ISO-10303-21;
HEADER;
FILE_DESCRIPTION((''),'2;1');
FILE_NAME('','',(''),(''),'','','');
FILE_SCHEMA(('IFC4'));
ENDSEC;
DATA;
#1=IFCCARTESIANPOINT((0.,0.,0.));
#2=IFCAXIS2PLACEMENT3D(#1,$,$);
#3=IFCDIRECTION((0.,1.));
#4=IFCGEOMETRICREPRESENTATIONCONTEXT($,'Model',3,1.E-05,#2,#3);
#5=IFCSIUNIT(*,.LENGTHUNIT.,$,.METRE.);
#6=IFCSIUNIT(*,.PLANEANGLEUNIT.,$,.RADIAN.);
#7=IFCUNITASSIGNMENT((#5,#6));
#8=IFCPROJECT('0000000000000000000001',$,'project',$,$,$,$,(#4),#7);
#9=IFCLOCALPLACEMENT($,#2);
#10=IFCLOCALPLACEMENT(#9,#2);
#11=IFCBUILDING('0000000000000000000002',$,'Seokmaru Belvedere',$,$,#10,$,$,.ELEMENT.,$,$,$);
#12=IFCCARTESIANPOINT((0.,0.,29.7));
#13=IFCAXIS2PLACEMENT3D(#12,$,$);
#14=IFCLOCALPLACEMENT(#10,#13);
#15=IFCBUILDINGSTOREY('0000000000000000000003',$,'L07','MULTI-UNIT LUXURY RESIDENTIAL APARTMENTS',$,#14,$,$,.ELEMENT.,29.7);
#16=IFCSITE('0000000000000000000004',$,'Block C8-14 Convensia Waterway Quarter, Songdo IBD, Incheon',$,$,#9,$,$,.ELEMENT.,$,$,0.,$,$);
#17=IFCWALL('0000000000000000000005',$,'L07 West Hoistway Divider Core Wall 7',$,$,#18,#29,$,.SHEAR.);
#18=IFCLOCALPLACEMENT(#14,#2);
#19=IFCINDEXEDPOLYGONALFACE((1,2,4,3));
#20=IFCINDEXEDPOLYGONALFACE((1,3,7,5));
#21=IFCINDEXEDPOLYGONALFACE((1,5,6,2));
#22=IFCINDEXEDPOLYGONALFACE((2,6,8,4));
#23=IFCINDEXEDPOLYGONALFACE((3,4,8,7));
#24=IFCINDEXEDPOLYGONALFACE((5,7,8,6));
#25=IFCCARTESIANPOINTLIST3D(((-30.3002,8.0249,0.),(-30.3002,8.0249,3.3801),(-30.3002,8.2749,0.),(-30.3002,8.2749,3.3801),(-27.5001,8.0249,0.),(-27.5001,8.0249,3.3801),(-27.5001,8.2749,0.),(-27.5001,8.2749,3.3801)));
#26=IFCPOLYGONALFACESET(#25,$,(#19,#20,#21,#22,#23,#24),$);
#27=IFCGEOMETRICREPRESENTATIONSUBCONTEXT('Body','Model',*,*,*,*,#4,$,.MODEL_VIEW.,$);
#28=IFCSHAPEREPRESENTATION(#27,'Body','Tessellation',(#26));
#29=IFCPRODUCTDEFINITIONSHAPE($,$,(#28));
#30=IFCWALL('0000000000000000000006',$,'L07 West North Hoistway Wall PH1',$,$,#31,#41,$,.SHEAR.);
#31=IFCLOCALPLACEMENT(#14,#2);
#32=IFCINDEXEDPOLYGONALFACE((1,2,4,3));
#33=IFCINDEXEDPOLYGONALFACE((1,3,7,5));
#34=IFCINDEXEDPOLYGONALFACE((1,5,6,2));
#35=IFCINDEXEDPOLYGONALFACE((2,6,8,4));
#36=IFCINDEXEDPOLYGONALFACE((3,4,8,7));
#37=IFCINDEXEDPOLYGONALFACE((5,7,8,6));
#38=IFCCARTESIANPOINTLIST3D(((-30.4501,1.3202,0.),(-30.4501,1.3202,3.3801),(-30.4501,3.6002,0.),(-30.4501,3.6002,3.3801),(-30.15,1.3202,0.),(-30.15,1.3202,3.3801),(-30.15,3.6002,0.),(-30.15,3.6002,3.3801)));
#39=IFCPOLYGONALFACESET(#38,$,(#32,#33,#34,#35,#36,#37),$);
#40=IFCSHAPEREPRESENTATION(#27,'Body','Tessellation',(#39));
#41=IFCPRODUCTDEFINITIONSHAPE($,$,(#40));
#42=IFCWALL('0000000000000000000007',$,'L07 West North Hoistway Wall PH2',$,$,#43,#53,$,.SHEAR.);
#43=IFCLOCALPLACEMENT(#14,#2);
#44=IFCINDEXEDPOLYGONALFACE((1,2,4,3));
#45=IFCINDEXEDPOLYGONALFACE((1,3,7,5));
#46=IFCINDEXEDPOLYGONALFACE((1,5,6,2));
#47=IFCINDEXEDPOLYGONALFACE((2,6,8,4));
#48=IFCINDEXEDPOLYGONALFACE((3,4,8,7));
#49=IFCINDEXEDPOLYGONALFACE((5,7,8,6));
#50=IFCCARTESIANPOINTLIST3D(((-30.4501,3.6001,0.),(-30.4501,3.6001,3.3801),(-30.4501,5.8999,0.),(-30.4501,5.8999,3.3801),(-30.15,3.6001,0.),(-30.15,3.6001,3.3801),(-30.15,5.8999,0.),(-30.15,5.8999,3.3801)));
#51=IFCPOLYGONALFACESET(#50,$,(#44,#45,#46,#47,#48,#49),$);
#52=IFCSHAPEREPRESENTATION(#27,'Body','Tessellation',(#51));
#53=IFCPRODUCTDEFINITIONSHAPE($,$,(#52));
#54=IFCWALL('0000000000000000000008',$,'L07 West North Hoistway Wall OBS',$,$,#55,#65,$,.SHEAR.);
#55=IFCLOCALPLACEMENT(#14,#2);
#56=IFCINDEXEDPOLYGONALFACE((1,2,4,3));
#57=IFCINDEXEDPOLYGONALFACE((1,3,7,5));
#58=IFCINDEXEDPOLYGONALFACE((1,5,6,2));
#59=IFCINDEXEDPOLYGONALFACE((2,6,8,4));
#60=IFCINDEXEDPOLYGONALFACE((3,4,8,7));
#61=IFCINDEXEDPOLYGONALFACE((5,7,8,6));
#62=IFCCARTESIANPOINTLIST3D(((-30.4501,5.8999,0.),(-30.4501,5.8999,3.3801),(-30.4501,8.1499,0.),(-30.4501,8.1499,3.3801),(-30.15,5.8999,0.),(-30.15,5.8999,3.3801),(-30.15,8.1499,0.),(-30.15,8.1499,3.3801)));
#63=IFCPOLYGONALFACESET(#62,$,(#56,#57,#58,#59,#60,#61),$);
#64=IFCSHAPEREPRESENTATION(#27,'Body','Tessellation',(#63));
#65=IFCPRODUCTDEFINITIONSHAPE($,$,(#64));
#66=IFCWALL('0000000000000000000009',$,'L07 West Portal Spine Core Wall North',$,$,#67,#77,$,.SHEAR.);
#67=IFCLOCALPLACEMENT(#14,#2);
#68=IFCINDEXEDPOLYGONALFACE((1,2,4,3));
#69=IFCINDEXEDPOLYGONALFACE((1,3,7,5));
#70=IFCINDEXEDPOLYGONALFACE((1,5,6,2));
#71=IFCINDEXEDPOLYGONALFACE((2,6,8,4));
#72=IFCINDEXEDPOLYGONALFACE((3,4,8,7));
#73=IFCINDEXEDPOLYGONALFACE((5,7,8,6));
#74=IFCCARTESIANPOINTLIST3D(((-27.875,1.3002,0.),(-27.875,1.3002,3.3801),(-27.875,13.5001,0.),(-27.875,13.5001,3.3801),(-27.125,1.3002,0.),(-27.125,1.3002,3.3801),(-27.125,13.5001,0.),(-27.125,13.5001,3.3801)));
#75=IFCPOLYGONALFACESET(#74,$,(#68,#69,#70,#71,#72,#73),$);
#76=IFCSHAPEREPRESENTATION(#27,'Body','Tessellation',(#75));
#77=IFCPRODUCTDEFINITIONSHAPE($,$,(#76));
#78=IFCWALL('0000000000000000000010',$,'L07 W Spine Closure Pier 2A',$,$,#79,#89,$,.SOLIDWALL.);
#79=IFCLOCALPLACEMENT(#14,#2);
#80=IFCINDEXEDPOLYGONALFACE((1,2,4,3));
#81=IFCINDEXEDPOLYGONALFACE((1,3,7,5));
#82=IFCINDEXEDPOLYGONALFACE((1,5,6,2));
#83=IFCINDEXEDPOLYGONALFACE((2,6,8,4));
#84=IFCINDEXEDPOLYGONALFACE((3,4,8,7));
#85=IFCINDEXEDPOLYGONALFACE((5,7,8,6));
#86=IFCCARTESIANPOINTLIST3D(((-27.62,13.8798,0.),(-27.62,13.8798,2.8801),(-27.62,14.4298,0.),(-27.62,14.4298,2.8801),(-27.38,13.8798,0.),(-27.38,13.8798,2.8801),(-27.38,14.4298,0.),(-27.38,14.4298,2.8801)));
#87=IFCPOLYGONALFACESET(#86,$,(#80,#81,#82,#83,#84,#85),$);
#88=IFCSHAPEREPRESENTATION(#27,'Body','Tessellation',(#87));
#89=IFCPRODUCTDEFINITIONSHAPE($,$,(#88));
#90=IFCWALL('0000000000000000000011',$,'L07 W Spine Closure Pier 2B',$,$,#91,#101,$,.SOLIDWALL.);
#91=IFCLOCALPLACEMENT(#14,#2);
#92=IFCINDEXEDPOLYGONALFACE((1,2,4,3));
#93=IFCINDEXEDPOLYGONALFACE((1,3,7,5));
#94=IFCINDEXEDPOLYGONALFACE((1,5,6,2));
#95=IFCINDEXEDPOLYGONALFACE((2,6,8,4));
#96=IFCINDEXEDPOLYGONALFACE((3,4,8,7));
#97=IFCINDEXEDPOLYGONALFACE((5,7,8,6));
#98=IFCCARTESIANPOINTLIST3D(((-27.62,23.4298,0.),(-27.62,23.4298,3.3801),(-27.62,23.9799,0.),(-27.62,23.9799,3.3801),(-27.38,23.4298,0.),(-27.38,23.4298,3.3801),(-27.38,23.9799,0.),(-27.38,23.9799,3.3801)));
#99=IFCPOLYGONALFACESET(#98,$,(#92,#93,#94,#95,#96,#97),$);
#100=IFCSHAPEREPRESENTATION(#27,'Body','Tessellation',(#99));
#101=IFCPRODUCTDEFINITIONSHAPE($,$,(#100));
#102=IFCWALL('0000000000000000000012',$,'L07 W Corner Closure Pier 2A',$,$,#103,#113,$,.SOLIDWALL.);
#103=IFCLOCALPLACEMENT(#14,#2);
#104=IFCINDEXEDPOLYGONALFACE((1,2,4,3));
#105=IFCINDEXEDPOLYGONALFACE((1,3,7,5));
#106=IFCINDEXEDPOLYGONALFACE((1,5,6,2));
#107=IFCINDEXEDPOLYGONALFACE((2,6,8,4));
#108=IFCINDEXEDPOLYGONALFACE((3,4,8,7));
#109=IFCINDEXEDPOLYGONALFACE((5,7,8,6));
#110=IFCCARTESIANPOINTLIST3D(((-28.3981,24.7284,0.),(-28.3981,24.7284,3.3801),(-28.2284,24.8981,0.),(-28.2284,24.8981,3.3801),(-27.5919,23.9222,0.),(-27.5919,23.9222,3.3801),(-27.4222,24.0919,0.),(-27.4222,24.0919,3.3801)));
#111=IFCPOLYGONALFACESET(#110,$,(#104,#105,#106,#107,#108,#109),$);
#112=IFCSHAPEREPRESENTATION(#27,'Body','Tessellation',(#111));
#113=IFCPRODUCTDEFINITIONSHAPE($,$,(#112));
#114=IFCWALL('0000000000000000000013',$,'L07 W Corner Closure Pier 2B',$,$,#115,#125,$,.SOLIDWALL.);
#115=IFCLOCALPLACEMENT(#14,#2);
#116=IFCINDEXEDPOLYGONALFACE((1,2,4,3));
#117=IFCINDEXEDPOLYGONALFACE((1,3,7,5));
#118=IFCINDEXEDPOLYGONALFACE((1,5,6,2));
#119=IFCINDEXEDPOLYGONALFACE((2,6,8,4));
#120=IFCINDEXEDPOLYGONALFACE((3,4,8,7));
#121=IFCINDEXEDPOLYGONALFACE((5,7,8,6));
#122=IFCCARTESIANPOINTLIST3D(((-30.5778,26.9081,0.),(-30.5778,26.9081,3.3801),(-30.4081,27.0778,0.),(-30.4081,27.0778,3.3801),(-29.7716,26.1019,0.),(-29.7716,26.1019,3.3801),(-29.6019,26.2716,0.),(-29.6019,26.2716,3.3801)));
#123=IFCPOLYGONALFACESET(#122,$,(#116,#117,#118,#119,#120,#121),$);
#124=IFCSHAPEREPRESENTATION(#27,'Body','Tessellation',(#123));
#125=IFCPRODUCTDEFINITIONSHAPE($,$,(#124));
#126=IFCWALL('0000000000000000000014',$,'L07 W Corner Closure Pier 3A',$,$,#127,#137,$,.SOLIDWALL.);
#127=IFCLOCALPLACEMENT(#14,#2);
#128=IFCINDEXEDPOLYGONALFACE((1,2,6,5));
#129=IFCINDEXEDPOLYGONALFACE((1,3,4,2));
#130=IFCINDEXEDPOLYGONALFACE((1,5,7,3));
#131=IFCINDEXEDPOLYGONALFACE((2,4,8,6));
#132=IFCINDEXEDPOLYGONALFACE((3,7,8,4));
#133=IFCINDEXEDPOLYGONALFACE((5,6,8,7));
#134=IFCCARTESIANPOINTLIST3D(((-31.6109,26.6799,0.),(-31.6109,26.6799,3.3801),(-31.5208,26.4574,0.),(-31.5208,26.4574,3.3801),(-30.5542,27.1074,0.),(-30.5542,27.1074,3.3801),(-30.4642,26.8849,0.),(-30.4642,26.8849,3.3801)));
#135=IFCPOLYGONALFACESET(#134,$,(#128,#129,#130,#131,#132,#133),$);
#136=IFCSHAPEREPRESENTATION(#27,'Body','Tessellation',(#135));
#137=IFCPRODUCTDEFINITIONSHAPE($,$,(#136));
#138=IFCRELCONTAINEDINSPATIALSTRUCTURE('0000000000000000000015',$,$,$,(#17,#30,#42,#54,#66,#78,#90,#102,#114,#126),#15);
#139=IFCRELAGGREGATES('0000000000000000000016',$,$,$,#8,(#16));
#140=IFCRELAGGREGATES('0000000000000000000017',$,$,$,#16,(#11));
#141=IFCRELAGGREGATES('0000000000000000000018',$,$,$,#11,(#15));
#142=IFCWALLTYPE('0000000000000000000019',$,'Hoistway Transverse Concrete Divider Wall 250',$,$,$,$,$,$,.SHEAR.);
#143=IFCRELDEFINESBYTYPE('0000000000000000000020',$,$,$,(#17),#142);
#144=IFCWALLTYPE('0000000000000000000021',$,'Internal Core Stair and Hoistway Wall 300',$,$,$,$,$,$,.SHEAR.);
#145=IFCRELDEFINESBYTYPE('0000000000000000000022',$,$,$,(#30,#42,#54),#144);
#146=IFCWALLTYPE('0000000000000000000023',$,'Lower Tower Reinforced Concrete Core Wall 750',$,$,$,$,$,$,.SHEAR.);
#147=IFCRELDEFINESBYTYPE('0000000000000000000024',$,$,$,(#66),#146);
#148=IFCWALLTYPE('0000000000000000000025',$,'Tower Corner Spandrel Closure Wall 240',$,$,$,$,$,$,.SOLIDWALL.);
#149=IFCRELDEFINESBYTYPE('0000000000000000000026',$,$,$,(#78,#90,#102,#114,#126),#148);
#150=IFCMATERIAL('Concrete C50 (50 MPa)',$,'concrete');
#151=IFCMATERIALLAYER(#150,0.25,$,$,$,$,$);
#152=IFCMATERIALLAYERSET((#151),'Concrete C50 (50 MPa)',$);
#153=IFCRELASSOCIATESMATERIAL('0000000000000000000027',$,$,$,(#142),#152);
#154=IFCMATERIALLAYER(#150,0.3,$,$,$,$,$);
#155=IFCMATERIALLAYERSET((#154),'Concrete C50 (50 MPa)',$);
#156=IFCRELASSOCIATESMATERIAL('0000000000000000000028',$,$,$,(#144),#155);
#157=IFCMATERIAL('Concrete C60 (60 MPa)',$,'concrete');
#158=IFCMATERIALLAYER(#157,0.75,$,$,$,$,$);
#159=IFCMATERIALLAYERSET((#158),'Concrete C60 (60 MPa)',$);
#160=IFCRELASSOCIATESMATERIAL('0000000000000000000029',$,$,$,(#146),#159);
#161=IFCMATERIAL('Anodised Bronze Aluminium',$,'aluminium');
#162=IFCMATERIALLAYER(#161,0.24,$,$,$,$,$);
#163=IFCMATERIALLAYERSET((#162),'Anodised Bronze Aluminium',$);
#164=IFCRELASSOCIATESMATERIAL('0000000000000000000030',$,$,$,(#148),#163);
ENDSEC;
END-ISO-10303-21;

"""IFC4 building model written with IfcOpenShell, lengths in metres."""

from ifc_helpers import new_model, si_unit, direction, frame, frame_2d, origin, place, context, subcontext, project, spatial, rectangle, extrude, material, layer, layer_set, type_object, element, save


model = new_model("IFC4")

# Units and contexts
model_context = context("Model", 3, precision=1e-05, world=origin(), true_north=direction((0.0, 1.0)))
body_context = subcontext(model_context, "Body", "Model", "MODEL_VIEW")
ifc_project = project(units=[si_unit("LENGTHUNIT", "METRE"), si_unit("PLANEANGLEUNIT", "RADIAN")], contexts=[model_context])

# Site, building, storey
site_placement = place(None, origin())
site = spatial("IfcSite", under=ifc_project, at=site_placement, Name="Block C8-14 Convensia Waterway Quarter, Songdo IBD, Incheon", CompositionType="ELEMENT", RefElevation=0.0)
building_placement = place(site_placement, origin())
building = spatial("IfcBuilding", under=site, at=building_placement, Name="Seokmaru Belvedere", CompositionType="ELEMENT")
storey_placement = place(building_placement, frame((0.0, 0.0, 29.7)))
storey = spatial("IfcBuildingStorey", under=building, at=storey_placement, Name="L07", Description="MULTI-UNIT LUXURY RESIDENTIAL APARTMENTS", CompositionType="ELEMENT", Elevation=29.7)

# Shared definitions
ifc_material_1 = material(Name="Anodised Bronze Aluminium", Category="aluminium")

# Walls
ifc_material_2 = material(Name="Concrete C50 (50 MPa)", Category="concrete")
ifc_layer_1 = layer(ifc_material_2, 0.25)
ifc_layer_set_1 = layer_set([ifc_layer_1], Name="Concrete C50 (50 MPa)")
wall_type_1 = type_object("IfcWallType", Name="Hoistway Transverse Concrete Divider Wall 250", PredefinedType="SHEAR", material=ifc_layer_set_1)
for number, where, z_axis, x_axis, name in (
    (1, (-30.3, 8.1499, 0.0), (0.0, 0.0, 1.0), (1.0, 0.0, 0.0), "L07 West Hoistway Divider Core Wall 7"),
):
    element("IfcWall", number, at=place(storey_placement, frame(where, z_axis=z_axis, x_axis=x_axis)), inside=storey, type_object=wall_type_1, Name=name, PredefinedType="SHEAR", context=body_context, shape_type="SweptSolid", body=[
        extrude(rectangle(XDim=2.8, YDim=0.25, at=frame_2d((1.3999, 0.0))), origin(), (0.0, 0.0, 1.0), 3.3801),
    ])
ifc_layer_2 = layer(ifc_material_2, 0.3)
ifc_layer_set_2 = layer_set([ifc_layer_2], Name="Concrete C50 (50 MPa)")
wall_type_2 = type_object("IfcWallType", Name="Internal Core Stair and Hoistway Wall 300", PredefinedType="SHEAR", material=ifc_layer_set_2)
wall_1_placement = place(storey_placement, frame((-30.3, 1.3201, 0.0), z_axis=(0.0, 0.0, 1.0), x_axis=(0.0, 1.0, 0.0)))
element("IfcWall", 2, at=wall_1_placement, inside=storey, type_object=wall_type_2, Name="L07 West North Hoistway Wall PH1", PredefinedType="SHEAR", context=body_context, shape_type="SweptSolid", body=[
    extrude(rectangle(XDim=2.28, YDim=0.3, at=frame_2d((1.1401, 0.0))), origin(), (0.0, 0.0, 1.0), 3.3801),
])
wall_2_placement = place(storey_placement, frame((-30.3, 3.6001, 0.0), z_axis=(0.0, 0.0, 1.0), x_axis=(0.0, 1.0, 0.0)))
element("IfcWall", 3, at=wall_2_placement, inside=storey, type_object=wall_type_2, Name="L07 West North Hoistway Wall PH2", PredefinedType="SHEAR", context=body_context, shape_type="SweptSolid", body=[
    extrude(rectangle(XDim=2.2998, YDim=0.3, at=frame_2d((1.1499, 0.0))), origin(), (0.0, 0.0, 1.0), 3.3801),
])
wall_3_placement = place(storey_placement, frame((-30.3, 5.8999, 0.0), z_axis=(0.0, 0.0, 1.0), x_axis=(0.0, 1.0, 0.0)))
element("IfcWall", 4, at=wall_3_placement, inside=storey, type_object=wall_type_2, Name="L07 West North Hoistway Wall OBS", PredefinedType="SHEAR", context=body_context, shape_type="SweptSolid", body=[
    extrude(rectangle(XDim=2.25, YDim=0.3, at=frame_2d((1.125, 0.0))), origin(), (0.0, 0.0, 1.0), 3.3801),
])

# Walls
ifc_material_3 = material(Name="Concrete C60 (60 MPa)", Category="concrete")
ifc_layer_3 = layer(ifc_material_3, 0.75)
ifc_layer_set_3 = layer_set([ifc_layer_3], Name="Concrete C60 (60 MPa)")
wall_type_3 = type_object("IfcWallType", Name="Lower Tower Reinforced Concrete Core Wall 750", PredefinedType="SHEAR", material=ifc_layer_set_3)
wall_4_placement = place(storey_placement, frame((-27.5, 1.3, 0.0), z_axis=(0.0, 0.0, 1.0), x_axis=(0.0, 1.0, 0.0)))
element("IfcWall", 5, at=wall_4_placement, inside=storey, type_object=wall_type_3, Name="L07 West Portal Spine Core Wall North", PredefinedType="SHEAR", context=body_context, shape_type="SweptSolid", body=[
    extrude(rectangle(XDim=12.2, YDim=0.75, at=frame_2d((6.1001, 0.0))), origin(), (0.0, 0.0, 1.0), 3.3801),
])
ifc_layer_4 = layer(ifc_material_1, 0.24)
ifc_layer_set_4 = layer_set([ifc_layer_4], Name="Anodised Bronze Aluminium")
wall_type_4 = type_object("IfcWallType", Name="Tower Corner Spandrel Closure Wall 240", PredefinedType="SOLIDWALL", material=ifc_layer_set_4)
wall_5_placement = place(storey_placement, frame((-27.5, 13.8799, 0.0), z_axis=(0.0, 0.0, 1.0), x_axis=(0.0, 1.0, 0.0)))
element("IfcWall", 6, at=wall_5_placement, inside=storey, type_object=wall_type_4, Name="L07 W Spine Closure Pier 2A", PredefinedType="SOLIDWALL", context=body_context, shape_type="SweptSolid", body=[
    extrude(rectangle(XDim=0.55, YDim=0.24, at=frame_2d((0.2749, 0.0))), origin(), (0.0, 0.0, 1.0), 2.8801),
])
wall_6_placement = place(storey_placement, frame((-27.5, 23.4299, 0.0), z_axis=(0.0, 0.0, 1.0), x_axis=(0.0, 1.0, 0.0)))
element("IfcWall", 7, at=wall_6_placement, inside=storey, type_object=wall_type_4, Name="L07 W Spine Closure Pier 2B", PredefinedType="SOLIDWALL", context=body_context, shape_type="SweptSolid", body=[
    extrude(rectangle(XDim=0.55, YDim=0.24, at=frame_2d((0.2749, 0.0))), origin(), (0.0, 0.0, 1.0), 3.3801),
])
for number, where, z_axis, x_axis, name in (
    (8, (-27.5071, 24.0071, 0.0), (0.0, 0.0, 1.0), (-0.707107, 0.707107, 0.0), "L07 W Corner Closure Pier 2A"),
    (9, (-29.6868, 26.1868, 0.0), (0.0, 0.0, 1.0), (-0.707107, 0.707107, 0.0), "L07 W Corner Closure Pier 2B"),
):
    element("IfcWall", number, at=place(storey_placement, frame(where, z_axis=z_axis, x_axis=x_axis)), inside=storey, type_object=wall_type_4, Name=name, PredefinedType="SOLIDWALL", context=body_context, shape_type="SweptSolid", body=[
        extrude(rectangle(XDim=1.1401, YDim=0.24, at=frame_2d((0.5701, 0.0))), origin(), (0.0, 0.0, 1.0), 3.3801),
    ])
wall_7_placement = place(storey_placement, frame((-30.5093, 26.9961, 0.0), z_axis=(0.0, 0.0, 1.0), x_axis=(-0.927007, -0.375044, 0.0)))
element("IfcWall", 10, at=wall_7_placement, inside=storey, type_object=wall_type_4, Name="L07 W Corner Closure Pier 3A", PredefinedType="SOLIDWALL", context=body_context, shape_type="SweptSolid", body=[
    extrude(rectangle(XDim=1.1399, YDim=0.24, at=frame_2d((0.5698, 0.0))), origin(), (0.0, 0.0, 1.0), 3.3801),
])

save(model, "model.ifc")
